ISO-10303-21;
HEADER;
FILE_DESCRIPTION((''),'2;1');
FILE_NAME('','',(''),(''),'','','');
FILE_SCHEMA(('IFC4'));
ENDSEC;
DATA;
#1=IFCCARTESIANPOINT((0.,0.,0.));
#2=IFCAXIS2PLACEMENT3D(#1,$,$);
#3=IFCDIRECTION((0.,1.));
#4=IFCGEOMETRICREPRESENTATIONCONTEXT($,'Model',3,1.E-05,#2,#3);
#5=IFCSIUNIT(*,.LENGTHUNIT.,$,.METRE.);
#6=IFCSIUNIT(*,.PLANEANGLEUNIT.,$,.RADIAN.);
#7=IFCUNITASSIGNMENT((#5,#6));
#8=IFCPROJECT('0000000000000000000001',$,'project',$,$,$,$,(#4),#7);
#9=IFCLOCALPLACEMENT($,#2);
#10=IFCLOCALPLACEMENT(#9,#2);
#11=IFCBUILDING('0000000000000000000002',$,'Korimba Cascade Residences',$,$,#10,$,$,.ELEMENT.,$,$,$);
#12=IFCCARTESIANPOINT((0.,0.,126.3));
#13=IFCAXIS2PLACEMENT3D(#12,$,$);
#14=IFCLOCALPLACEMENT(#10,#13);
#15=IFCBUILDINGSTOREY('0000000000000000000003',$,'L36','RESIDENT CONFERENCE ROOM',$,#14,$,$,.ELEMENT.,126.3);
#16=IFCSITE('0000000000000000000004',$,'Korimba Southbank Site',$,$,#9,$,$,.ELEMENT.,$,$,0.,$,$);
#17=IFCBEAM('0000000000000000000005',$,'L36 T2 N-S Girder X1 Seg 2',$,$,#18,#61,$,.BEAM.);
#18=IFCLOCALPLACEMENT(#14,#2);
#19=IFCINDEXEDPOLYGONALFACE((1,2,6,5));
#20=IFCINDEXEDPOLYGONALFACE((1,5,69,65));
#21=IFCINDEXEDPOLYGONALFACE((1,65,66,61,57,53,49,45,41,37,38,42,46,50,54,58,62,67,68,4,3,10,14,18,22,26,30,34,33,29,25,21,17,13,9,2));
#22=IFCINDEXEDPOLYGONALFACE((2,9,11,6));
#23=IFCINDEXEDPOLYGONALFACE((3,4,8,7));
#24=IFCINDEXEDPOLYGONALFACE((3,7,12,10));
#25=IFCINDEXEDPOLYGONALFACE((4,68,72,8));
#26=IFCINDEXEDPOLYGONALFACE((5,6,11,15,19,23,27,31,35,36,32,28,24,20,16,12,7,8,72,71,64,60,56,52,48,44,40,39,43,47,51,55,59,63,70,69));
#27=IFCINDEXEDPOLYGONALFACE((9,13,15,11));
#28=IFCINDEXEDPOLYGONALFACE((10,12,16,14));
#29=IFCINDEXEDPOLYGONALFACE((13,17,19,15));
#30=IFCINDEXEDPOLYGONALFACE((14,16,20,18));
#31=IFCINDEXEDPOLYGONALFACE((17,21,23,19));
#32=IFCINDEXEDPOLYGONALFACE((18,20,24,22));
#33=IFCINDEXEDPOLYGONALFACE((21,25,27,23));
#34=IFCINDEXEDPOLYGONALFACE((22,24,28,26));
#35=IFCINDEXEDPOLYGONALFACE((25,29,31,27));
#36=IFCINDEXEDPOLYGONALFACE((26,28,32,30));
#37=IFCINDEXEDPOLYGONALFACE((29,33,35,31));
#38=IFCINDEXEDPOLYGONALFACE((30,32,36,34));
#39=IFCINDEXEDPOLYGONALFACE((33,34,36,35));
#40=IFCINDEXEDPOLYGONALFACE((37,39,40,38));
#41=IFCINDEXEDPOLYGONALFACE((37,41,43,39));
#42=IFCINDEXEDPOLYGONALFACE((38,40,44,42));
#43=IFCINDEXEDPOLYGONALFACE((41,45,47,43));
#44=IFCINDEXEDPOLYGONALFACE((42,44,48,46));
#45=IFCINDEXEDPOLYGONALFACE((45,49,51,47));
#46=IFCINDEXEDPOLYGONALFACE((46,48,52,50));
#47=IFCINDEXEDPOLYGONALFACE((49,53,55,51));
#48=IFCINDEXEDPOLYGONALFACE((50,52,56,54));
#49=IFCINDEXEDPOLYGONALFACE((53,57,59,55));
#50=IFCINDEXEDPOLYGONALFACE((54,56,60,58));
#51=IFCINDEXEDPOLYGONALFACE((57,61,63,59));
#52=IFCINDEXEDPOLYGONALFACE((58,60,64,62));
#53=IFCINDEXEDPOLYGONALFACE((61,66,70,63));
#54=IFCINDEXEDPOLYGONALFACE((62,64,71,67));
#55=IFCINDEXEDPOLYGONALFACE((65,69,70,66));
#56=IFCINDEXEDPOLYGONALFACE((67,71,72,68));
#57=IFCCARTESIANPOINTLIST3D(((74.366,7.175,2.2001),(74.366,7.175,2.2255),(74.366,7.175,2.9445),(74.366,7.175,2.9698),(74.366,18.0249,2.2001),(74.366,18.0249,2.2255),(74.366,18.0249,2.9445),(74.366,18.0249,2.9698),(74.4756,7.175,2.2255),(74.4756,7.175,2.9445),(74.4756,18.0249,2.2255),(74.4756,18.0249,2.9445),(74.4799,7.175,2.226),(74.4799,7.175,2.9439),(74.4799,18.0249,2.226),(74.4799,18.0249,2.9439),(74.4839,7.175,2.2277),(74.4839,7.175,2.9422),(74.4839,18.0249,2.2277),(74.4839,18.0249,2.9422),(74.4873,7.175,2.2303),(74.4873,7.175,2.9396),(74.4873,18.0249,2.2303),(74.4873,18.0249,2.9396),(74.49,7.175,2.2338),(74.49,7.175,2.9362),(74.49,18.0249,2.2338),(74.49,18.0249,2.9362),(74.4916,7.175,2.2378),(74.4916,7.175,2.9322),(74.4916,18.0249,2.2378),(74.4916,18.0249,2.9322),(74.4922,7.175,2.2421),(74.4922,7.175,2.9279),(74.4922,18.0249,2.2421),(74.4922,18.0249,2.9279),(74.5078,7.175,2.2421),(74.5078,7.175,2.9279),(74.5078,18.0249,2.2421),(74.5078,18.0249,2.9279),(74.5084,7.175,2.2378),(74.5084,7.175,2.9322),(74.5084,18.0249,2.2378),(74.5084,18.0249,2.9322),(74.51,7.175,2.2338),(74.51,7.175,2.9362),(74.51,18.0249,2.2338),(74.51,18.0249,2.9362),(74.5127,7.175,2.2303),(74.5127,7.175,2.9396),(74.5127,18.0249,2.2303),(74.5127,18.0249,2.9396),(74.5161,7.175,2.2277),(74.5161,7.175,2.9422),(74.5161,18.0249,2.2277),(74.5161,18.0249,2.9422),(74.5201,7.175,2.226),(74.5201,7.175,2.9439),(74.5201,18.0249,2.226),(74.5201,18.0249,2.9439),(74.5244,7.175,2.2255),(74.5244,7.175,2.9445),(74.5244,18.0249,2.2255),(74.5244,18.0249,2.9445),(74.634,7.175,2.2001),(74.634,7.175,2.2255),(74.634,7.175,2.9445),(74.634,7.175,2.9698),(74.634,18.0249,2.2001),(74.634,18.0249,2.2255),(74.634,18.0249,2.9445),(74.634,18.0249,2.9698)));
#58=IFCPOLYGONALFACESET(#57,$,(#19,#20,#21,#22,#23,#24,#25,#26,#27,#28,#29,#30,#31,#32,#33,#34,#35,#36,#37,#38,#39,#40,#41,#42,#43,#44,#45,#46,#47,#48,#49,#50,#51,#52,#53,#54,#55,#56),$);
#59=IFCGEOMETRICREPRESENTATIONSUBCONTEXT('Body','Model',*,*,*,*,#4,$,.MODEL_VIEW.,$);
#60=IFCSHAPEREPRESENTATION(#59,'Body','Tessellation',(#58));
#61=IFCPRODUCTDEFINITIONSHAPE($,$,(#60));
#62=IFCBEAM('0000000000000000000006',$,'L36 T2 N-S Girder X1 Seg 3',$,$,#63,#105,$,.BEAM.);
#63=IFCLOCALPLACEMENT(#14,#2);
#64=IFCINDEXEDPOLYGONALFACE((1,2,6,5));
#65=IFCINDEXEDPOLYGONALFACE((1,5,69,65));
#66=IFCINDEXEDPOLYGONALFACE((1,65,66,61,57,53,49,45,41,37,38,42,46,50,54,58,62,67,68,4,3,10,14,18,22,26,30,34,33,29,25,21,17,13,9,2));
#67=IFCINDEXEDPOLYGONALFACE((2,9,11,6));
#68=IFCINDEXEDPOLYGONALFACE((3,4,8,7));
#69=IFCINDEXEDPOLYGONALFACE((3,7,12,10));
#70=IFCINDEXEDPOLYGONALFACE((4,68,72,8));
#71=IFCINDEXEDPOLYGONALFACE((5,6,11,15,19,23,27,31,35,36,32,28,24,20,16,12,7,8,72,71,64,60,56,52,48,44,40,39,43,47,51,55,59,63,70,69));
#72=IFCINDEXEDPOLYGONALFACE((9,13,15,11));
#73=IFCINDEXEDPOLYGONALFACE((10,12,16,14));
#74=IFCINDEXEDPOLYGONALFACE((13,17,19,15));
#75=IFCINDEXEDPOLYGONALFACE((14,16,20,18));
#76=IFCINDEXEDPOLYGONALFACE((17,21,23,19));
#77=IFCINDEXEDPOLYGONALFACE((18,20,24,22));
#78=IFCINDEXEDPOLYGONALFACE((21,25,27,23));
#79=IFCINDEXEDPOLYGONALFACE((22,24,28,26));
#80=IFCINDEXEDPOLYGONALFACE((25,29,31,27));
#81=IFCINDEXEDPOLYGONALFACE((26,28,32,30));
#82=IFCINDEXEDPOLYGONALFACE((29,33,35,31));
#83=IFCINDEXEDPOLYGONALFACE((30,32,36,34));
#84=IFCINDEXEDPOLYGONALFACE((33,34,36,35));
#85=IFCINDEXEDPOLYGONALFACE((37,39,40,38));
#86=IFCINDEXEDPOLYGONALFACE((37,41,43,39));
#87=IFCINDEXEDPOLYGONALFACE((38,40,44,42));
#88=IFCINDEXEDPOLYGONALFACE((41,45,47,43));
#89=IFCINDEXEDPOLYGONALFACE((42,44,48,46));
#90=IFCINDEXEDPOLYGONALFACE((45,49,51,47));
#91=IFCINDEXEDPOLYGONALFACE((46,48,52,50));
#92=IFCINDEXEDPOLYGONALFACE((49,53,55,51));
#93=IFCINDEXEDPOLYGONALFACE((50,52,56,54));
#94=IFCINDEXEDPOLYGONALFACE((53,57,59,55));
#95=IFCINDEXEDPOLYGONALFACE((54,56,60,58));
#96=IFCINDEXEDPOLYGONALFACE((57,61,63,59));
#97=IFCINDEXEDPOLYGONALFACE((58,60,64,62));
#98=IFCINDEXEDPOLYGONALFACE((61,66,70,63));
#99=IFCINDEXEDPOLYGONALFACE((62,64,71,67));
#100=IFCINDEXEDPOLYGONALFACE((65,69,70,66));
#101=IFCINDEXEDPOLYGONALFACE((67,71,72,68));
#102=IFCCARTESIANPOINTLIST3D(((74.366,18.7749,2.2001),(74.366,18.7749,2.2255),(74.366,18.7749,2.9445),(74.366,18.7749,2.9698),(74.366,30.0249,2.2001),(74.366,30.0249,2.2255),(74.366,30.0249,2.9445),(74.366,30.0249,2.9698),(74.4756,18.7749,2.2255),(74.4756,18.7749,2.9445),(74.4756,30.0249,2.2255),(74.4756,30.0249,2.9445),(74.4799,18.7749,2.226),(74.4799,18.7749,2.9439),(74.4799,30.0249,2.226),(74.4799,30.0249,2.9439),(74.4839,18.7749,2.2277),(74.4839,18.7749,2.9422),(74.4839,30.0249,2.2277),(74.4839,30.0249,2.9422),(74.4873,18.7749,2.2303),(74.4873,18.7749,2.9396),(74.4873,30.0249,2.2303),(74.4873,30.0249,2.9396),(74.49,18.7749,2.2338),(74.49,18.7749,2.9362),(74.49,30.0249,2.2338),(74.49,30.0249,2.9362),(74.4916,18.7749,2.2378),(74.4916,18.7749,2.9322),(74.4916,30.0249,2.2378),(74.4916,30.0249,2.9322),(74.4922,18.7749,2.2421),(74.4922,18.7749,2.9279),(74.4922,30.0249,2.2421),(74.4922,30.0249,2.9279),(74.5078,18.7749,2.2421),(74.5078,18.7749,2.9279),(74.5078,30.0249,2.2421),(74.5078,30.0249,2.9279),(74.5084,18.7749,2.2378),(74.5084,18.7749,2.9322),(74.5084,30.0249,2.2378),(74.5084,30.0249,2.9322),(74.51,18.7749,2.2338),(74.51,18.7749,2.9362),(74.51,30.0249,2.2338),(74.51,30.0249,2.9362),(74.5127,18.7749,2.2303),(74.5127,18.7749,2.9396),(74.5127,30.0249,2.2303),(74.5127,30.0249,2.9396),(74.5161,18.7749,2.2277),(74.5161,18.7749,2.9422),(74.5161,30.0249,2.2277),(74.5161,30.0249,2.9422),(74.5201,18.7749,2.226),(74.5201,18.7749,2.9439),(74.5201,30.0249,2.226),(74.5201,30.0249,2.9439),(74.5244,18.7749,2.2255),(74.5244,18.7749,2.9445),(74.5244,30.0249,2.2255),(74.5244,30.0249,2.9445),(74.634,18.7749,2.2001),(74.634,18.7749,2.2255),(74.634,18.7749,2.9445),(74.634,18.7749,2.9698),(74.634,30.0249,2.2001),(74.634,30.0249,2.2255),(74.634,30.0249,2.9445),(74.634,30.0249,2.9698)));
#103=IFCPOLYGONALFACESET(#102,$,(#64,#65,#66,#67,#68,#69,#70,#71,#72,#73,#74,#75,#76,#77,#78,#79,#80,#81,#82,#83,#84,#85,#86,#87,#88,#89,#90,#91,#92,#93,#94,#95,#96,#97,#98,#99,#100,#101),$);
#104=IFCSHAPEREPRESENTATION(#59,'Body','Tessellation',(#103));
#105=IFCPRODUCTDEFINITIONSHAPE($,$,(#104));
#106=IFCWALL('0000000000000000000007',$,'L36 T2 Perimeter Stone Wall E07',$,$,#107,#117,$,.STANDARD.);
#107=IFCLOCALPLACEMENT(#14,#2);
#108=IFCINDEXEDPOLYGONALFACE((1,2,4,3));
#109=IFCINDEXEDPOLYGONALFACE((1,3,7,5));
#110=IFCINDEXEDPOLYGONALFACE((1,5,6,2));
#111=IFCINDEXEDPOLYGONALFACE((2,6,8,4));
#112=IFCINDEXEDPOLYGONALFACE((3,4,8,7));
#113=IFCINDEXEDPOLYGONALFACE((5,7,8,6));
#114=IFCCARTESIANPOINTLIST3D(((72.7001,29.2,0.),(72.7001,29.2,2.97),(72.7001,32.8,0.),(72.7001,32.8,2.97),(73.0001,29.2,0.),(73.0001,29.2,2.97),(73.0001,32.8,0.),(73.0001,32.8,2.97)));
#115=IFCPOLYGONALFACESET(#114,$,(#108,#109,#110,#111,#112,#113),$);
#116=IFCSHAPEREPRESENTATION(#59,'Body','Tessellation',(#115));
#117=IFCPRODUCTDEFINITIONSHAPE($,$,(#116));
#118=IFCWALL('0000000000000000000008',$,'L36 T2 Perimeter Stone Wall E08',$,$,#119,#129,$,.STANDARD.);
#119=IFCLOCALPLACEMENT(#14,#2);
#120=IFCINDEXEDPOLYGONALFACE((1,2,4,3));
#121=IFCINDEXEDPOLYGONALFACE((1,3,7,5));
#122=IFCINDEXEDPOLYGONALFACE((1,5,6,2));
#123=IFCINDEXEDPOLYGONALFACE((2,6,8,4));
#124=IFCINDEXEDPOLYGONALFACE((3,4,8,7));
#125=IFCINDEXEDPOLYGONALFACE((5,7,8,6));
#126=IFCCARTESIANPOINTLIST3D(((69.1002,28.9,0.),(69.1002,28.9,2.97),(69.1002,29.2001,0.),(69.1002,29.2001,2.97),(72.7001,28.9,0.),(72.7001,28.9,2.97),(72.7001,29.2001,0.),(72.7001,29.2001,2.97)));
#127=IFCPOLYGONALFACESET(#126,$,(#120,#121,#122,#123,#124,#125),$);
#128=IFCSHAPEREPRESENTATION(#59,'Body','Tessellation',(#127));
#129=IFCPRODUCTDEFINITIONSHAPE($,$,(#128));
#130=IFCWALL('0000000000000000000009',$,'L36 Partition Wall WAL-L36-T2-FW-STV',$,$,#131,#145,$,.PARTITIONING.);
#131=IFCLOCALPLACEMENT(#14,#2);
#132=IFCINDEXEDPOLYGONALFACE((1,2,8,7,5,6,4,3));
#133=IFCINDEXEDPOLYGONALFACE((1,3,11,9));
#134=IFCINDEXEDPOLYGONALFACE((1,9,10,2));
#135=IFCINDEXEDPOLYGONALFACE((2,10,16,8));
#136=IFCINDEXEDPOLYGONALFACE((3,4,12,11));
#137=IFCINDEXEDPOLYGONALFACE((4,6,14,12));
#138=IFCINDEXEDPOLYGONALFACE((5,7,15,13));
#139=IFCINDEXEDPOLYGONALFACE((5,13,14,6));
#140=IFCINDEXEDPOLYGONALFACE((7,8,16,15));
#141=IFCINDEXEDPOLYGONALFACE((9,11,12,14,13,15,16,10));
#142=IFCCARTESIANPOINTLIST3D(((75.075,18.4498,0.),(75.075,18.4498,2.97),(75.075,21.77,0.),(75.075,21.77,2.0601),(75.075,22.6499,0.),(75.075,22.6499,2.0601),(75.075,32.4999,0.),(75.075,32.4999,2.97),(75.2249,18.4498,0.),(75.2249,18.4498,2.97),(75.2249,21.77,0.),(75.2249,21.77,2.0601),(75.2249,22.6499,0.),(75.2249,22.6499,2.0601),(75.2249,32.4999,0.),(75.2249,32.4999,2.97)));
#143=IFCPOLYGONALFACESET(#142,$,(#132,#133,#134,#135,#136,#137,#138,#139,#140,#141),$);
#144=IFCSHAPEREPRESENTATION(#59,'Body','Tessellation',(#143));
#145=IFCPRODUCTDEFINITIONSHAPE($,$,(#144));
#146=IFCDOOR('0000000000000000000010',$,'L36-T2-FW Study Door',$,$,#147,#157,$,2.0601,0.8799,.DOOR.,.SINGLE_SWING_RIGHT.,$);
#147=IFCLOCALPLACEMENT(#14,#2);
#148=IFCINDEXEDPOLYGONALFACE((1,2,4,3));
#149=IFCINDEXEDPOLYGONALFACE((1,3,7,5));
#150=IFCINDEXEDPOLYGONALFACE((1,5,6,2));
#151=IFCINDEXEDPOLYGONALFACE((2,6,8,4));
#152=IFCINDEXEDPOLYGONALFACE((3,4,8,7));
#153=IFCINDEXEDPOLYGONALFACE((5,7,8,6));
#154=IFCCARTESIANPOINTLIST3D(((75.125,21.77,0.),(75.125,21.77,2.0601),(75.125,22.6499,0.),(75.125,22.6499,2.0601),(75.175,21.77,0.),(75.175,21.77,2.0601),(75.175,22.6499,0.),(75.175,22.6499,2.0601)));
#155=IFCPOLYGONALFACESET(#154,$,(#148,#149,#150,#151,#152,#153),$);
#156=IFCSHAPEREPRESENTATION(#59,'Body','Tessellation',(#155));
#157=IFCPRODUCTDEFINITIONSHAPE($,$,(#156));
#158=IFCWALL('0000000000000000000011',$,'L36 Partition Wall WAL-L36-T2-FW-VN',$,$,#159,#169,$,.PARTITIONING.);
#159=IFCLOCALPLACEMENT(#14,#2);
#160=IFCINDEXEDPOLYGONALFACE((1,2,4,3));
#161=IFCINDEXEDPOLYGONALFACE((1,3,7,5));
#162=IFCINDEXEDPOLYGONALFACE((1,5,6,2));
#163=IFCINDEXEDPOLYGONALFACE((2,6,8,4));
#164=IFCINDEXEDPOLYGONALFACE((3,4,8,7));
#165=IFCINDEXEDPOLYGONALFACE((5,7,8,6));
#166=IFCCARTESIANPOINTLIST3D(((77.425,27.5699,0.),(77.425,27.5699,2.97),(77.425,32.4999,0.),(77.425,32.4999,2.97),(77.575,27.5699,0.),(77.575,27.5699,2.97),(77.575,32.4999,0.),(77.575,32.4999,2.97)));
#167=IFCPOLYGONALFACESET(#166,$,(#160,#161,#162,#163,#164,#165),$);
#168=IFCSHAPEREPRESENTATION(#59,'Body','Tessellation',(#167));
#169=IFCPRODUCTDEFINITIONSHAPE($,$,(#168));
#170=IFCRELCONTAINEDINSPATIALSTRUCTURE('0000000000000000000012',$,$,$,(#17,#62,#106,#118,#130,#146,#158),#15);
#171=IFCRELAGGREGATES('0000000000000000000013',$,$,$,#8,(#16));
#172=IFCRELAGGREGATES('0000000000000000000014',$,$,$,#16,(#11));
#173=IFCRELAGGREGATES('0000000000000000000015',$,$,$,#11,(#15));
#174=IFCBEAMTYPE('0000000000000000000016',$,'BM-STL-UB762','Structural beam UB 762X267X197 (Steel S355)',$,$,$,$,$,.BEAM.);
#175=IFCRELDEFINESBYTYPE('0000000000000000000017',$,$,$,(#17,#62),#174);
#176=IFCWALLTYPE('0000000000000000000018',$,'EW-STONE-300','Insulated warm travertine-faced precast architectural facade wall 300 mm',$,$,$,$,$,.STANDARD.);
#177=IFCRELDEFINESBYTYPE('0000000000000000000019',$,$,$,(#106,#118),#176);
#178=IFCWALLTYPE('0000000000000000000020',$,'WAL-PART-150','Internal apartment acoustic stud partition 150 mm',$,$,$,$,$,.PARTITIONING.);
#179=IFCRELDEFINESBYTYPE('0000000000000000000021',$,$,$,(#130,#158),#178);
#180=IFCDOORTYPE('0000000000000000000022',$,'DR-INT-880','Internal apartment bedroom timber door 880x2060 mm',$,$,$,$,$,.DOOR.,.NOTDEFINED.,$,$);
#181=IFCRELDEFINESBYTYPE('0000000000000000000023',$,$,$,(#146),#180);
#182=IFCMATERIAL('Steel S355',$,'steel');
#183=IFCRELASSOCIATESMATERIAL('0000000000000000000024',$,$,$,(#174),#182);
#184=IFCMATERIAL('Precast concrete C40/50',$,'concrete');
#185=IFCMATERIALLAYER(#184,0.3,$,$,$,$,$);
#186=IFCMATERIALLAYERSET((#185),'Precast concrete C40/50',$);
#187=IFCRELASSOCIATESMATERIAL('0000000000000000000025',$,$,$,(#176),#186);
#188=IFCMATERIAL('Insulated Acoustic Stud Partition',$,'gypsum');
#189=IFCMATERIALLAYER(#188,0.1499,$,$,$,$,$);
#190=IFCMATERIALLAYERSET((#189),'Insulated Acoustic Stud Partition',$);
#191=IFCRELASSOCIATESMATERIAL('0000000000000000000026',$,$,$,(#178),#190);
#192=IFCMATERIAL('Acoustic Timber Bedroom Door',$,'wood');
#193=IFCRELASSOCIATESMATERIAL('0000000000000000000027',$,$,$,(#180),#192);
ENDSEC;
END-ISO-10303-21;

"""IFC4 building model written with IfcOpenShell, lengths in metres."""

from ifc_helpers import new_model, si_unit, direction, frame, frame_2d, origin, origin_2d, place, context, subcontext, project, spatial, rectangle, i_section, extrude, material, layer, layer_set, material_profile, profile_set, type_object, element, fill, save


model = new_model("IFC4")

# Units and contexts
model_context = context("Model", 3, precision=1e-05, world=origin(), true_north=direction((0.0, 1.0)))
body_context = subcontext(model_context, "Body", "Model", "MODEL_VIEW")
ifc_project = project(units=[si_unit("LENGTHUNIT", "METRE"), si_unit("PLANEANGLEUNIT", "RADIAN")], contexts=[model_context])

# Site, building, storey
site_placement = place(None, origin())
site = spatial("IfcSite", under=ifc_project, at=site_placement, Name="Korimba Southbank Site", CompositionType="ELEMENT", RefElevation=0.0)
building_placement = place(site_placement, origin())
building = spatial("IfcBuilding", under=site, at=building_placement, Name="Korimba Cascade Residences", CompositionType="ELEMENT")
storey_placement = place(building_placement, frame((0.0, 0.0, 126.3)))
storey = spatial("IfcBuildingStorey", under=building, at=storey_placement, Name="L36", Description="RESIDENT CONFERENCE ROOM", CompositionType="ELEMENT", Elevation=126.3)

# Beams
ifc_material_1 = material(Name="Steel S355", Category="steel")
ifc_material_profile_1 = material_profile(ifc_material_1, i_section(OverallWidth=0.2681, OverallDepth=0.7698, WebThickness=0.0156, FlangeThickness=0.0254, FilletRadius=0.0166, at=origin_2d()), Name="Steel S355")
ifc_profile_set_1 = profile_set([ifc_material_profile_1], Name="Steel S355")
beam_type_1 = type_object("IfcBeamType", Name="BM-STL-UB762", Description="Structural beam UB 762X267X197 (Steel S355)", PredefinedType="BEAM", material=ifc_profile_set_1)
beam_1_placement = place(storey_placement, frame((74.5, 7.175, 2.585), z_axis=(0.0, 1.0, 0.0), x_axis=(-1.0, 0.0, 0.0)))
element("IfcBeam", 1, at=beam_1_placement, inside=storey, type_object=beam_type_1, Name="L36 T2 N-S Girder X1 Seg 2", PredefinedType="BEAM", context=body_context, shape_type="SweptSolid", body=[
    extrude(i_section(OverallWidth=0.2681, OverallDepth=0.7698, WebThickness=0.0156, FlangeThickness=0.0254, FilletRadius=0.0166, at=origin_2d()), origin(), (0.0, 0.0, 1.0), 10.8499),
])
beam_2_placement = place(storey_placement, frame((74.5, 18.7749, 2.585), z_axis=(0.0, 1.0, 0.0), x_axis=(-1.0, 0.0, 0.0)))
element("IfcBeam", 2, at=beam_2_placement, inside=storey, type_object=beam_type_1, Name="L36 T2 N-S Girder X1 Seg 3", PredefinedType="BEAM", context=body_context, shape_type="SweptSolid", body=[
    extrude(i_section(OverallWidth=0.2681, OverallDepth=0.7698, WebThickness=0.0156, FlangeThickness=0.0254, FilletRadius=0.0166, at=origin_2d()), origin(), (0.0, 0.0, 1.0), 11.25),
])

# Walls
ifc_material_2 = material(Name="Precast concrete C40/50", Category="concrete")
ifc_layer_1 = layer(ifc_material_2, 0.3)
ifc_layer_set_1 = layer_set([ifc_layer_1], Name="Precast concrete C40/50")
wall_type_1 = type_object("IfcWallType", Name="EW-STONE-300", Description="Insulated warm travertine-faced precast architectural facade wall 300 mm", PredefinedType="STANDARD", material=ifc_layer_set_1)
wall_1_placement = place(storey_placement, frame((72.8501, 32.8, 0.0), z_axis=(0.0, 0.0, 1.0), x_axis=(0.0, -1.0, 0.0)))
element("IfcWall", 3, at=wall_1_placement, inside=storey, type_object=wall_type_1, Name="L36 T2 Perimeter Stone Wall E07", PredefinedType="STANDARD", context=body_context, shape_type="SweptSolid", body=[
    extrude(rectangle(XDim=3.6001, YDim=0.3, at=frame_2d((1.8, 0.0))), origin(), (0.0, 0.0, 1.0), 2.97),
])
wall_2_placement = place(storey_placement, frame((72.7, 29.05, 0.0), z_axis=(0.0, 0.0, 1.0), x_axis=(-1.0, 0.0, 0.0)))
element("IfcWall", 4, at=wall_2_placement, inside=storey, type_object=wall_type_1, Name="L36 T2 Perimeter Stone Wall E08", PredefinedType="STANDARD", context=body_context, shape_type="SweptSolid", body=[
    extrude(rectangle(XDim=3.5999, YDim=0.3, at=frame_2d((1.7998, 0.0))), origin(), (0.0, 0.0, 1.0), 2.97),
])

# Wall, opening, door
ifc_material_3 = material(Name="Insulated Acoustic Stud Partition", Category="gypsum")
ifc_layer_2 = layer(ifc_material_3, 0.1499)
ifc_layer_set_2 = layer_set([ifc_layer_2], Name="Insulated Acoustic Stud Partition")
wall_type_2 = type_object("IfcWallType", Name="WAL-PART-150", Description="Internal apartment acoustic stud partition 150 mm", PredefinedType="PARTITIONING", material=ifc_layer_set_2)
wall_3_placement = place(storey_placement, frame((75.1499, 18.45, 0.0), z_axis=(0.0, 0.0, 1.0), x_axis=(0.0, 1.0, 0.0)))
wall_3 = element("IfcWall", 5, at=wall_3_placement, inside=storey, type_object=wall_type_2, Name="L36 Partition Wall WAL-L36-T2-FW-STV", PredefinedType="PARTITIONING", context=body_context, shape_type="SweptSolid", body=[
    extrude(rectangle(XDim=14.05, YDim=0.1499, at=frame_2d((7.0249, 0.0))), origin(), (0.0, 0.0, 1.0), 2.97),
])
opening_1_placement = place(wall_3_placement, frame((3.3201, 0.0, 0.0)))
opening_1 = element("IfcOpeningElement", 6, at=opening_1_placement, cuts=wall_3, PredefinedType="OPENING", context=body_context, shape_type="SweptSolid", body=[
    extrude(rectangle(XDim=0.8799, YDim=2.0601, at=frame_2d((0.4399, 1.03))), frame((0.0, 0.085, 0.0), z_axis=(0.0, -1.0, 0.0), x_axis=(1.0, 0.0, 0.0)), (0.0, 0.0, 1.0), 0.1699),
])
ifc_material_4 = material(Name="Acoustic Timber Bedroom Door", Category="wood")
door_type_1 = type_object("IfcDoorType", Name="DR-INT-880", Description="Internal apartment bedroom timber door 880x2060 mm", OperationType="NOTDEFINED", PredefinedType="DOOR", material=ifc_material_4)
door_1_placement = place(opening_1_placement, origin())
door_1 = element("IfcDoor", 7, at=door_1_placement, inside=storey, type_object=door_type_1, Name="L36-T2-FW Study Door", OperationType="SINGLE_SWING_RIGHT", OverallHeight=2.0601, OverallWidth=0.8799, PredefinedType="DOOR", context=body_context, shape_type="SweptSolid", body=[
    extrude(rectangle(XDim=0.8799, YDim=2.0601, at=frame_2d((0.4399, 1.03))), frame((0.0, 0.0249, 0.0), z_axis=(0.0, -1.0, 0.0), x_axis=(1.0, 0.0, 0.0)), (0.0, 0.0, 1.0), 0.05),
])
fill(opening_1, door_1)

# Wall
wall_4_placement = place(storey_placement, frame((77.5, 27.5701, 0.0), z_axis=(0.0, 0.0, 1.0), x_axis=(0.0, 1.0, 0.0)))
element("IfcWall", 8, at=wall_4_placement, inside=storey, type_object=wall_type_2, Name="L36 Partition Wall WAL-L36-T2-FW-VN", PredefinedType="PARTITIONING", context=body_context, shape_type="SweptSolid", body=[
    extrude(rectangle(XDim=4.9299, YDim=0.1499, at=frame_2d((2.4648, 0.0))), origin(), (0.0, 0.0, 1.0), 2.97),
])

save(model, "model.ifc")
